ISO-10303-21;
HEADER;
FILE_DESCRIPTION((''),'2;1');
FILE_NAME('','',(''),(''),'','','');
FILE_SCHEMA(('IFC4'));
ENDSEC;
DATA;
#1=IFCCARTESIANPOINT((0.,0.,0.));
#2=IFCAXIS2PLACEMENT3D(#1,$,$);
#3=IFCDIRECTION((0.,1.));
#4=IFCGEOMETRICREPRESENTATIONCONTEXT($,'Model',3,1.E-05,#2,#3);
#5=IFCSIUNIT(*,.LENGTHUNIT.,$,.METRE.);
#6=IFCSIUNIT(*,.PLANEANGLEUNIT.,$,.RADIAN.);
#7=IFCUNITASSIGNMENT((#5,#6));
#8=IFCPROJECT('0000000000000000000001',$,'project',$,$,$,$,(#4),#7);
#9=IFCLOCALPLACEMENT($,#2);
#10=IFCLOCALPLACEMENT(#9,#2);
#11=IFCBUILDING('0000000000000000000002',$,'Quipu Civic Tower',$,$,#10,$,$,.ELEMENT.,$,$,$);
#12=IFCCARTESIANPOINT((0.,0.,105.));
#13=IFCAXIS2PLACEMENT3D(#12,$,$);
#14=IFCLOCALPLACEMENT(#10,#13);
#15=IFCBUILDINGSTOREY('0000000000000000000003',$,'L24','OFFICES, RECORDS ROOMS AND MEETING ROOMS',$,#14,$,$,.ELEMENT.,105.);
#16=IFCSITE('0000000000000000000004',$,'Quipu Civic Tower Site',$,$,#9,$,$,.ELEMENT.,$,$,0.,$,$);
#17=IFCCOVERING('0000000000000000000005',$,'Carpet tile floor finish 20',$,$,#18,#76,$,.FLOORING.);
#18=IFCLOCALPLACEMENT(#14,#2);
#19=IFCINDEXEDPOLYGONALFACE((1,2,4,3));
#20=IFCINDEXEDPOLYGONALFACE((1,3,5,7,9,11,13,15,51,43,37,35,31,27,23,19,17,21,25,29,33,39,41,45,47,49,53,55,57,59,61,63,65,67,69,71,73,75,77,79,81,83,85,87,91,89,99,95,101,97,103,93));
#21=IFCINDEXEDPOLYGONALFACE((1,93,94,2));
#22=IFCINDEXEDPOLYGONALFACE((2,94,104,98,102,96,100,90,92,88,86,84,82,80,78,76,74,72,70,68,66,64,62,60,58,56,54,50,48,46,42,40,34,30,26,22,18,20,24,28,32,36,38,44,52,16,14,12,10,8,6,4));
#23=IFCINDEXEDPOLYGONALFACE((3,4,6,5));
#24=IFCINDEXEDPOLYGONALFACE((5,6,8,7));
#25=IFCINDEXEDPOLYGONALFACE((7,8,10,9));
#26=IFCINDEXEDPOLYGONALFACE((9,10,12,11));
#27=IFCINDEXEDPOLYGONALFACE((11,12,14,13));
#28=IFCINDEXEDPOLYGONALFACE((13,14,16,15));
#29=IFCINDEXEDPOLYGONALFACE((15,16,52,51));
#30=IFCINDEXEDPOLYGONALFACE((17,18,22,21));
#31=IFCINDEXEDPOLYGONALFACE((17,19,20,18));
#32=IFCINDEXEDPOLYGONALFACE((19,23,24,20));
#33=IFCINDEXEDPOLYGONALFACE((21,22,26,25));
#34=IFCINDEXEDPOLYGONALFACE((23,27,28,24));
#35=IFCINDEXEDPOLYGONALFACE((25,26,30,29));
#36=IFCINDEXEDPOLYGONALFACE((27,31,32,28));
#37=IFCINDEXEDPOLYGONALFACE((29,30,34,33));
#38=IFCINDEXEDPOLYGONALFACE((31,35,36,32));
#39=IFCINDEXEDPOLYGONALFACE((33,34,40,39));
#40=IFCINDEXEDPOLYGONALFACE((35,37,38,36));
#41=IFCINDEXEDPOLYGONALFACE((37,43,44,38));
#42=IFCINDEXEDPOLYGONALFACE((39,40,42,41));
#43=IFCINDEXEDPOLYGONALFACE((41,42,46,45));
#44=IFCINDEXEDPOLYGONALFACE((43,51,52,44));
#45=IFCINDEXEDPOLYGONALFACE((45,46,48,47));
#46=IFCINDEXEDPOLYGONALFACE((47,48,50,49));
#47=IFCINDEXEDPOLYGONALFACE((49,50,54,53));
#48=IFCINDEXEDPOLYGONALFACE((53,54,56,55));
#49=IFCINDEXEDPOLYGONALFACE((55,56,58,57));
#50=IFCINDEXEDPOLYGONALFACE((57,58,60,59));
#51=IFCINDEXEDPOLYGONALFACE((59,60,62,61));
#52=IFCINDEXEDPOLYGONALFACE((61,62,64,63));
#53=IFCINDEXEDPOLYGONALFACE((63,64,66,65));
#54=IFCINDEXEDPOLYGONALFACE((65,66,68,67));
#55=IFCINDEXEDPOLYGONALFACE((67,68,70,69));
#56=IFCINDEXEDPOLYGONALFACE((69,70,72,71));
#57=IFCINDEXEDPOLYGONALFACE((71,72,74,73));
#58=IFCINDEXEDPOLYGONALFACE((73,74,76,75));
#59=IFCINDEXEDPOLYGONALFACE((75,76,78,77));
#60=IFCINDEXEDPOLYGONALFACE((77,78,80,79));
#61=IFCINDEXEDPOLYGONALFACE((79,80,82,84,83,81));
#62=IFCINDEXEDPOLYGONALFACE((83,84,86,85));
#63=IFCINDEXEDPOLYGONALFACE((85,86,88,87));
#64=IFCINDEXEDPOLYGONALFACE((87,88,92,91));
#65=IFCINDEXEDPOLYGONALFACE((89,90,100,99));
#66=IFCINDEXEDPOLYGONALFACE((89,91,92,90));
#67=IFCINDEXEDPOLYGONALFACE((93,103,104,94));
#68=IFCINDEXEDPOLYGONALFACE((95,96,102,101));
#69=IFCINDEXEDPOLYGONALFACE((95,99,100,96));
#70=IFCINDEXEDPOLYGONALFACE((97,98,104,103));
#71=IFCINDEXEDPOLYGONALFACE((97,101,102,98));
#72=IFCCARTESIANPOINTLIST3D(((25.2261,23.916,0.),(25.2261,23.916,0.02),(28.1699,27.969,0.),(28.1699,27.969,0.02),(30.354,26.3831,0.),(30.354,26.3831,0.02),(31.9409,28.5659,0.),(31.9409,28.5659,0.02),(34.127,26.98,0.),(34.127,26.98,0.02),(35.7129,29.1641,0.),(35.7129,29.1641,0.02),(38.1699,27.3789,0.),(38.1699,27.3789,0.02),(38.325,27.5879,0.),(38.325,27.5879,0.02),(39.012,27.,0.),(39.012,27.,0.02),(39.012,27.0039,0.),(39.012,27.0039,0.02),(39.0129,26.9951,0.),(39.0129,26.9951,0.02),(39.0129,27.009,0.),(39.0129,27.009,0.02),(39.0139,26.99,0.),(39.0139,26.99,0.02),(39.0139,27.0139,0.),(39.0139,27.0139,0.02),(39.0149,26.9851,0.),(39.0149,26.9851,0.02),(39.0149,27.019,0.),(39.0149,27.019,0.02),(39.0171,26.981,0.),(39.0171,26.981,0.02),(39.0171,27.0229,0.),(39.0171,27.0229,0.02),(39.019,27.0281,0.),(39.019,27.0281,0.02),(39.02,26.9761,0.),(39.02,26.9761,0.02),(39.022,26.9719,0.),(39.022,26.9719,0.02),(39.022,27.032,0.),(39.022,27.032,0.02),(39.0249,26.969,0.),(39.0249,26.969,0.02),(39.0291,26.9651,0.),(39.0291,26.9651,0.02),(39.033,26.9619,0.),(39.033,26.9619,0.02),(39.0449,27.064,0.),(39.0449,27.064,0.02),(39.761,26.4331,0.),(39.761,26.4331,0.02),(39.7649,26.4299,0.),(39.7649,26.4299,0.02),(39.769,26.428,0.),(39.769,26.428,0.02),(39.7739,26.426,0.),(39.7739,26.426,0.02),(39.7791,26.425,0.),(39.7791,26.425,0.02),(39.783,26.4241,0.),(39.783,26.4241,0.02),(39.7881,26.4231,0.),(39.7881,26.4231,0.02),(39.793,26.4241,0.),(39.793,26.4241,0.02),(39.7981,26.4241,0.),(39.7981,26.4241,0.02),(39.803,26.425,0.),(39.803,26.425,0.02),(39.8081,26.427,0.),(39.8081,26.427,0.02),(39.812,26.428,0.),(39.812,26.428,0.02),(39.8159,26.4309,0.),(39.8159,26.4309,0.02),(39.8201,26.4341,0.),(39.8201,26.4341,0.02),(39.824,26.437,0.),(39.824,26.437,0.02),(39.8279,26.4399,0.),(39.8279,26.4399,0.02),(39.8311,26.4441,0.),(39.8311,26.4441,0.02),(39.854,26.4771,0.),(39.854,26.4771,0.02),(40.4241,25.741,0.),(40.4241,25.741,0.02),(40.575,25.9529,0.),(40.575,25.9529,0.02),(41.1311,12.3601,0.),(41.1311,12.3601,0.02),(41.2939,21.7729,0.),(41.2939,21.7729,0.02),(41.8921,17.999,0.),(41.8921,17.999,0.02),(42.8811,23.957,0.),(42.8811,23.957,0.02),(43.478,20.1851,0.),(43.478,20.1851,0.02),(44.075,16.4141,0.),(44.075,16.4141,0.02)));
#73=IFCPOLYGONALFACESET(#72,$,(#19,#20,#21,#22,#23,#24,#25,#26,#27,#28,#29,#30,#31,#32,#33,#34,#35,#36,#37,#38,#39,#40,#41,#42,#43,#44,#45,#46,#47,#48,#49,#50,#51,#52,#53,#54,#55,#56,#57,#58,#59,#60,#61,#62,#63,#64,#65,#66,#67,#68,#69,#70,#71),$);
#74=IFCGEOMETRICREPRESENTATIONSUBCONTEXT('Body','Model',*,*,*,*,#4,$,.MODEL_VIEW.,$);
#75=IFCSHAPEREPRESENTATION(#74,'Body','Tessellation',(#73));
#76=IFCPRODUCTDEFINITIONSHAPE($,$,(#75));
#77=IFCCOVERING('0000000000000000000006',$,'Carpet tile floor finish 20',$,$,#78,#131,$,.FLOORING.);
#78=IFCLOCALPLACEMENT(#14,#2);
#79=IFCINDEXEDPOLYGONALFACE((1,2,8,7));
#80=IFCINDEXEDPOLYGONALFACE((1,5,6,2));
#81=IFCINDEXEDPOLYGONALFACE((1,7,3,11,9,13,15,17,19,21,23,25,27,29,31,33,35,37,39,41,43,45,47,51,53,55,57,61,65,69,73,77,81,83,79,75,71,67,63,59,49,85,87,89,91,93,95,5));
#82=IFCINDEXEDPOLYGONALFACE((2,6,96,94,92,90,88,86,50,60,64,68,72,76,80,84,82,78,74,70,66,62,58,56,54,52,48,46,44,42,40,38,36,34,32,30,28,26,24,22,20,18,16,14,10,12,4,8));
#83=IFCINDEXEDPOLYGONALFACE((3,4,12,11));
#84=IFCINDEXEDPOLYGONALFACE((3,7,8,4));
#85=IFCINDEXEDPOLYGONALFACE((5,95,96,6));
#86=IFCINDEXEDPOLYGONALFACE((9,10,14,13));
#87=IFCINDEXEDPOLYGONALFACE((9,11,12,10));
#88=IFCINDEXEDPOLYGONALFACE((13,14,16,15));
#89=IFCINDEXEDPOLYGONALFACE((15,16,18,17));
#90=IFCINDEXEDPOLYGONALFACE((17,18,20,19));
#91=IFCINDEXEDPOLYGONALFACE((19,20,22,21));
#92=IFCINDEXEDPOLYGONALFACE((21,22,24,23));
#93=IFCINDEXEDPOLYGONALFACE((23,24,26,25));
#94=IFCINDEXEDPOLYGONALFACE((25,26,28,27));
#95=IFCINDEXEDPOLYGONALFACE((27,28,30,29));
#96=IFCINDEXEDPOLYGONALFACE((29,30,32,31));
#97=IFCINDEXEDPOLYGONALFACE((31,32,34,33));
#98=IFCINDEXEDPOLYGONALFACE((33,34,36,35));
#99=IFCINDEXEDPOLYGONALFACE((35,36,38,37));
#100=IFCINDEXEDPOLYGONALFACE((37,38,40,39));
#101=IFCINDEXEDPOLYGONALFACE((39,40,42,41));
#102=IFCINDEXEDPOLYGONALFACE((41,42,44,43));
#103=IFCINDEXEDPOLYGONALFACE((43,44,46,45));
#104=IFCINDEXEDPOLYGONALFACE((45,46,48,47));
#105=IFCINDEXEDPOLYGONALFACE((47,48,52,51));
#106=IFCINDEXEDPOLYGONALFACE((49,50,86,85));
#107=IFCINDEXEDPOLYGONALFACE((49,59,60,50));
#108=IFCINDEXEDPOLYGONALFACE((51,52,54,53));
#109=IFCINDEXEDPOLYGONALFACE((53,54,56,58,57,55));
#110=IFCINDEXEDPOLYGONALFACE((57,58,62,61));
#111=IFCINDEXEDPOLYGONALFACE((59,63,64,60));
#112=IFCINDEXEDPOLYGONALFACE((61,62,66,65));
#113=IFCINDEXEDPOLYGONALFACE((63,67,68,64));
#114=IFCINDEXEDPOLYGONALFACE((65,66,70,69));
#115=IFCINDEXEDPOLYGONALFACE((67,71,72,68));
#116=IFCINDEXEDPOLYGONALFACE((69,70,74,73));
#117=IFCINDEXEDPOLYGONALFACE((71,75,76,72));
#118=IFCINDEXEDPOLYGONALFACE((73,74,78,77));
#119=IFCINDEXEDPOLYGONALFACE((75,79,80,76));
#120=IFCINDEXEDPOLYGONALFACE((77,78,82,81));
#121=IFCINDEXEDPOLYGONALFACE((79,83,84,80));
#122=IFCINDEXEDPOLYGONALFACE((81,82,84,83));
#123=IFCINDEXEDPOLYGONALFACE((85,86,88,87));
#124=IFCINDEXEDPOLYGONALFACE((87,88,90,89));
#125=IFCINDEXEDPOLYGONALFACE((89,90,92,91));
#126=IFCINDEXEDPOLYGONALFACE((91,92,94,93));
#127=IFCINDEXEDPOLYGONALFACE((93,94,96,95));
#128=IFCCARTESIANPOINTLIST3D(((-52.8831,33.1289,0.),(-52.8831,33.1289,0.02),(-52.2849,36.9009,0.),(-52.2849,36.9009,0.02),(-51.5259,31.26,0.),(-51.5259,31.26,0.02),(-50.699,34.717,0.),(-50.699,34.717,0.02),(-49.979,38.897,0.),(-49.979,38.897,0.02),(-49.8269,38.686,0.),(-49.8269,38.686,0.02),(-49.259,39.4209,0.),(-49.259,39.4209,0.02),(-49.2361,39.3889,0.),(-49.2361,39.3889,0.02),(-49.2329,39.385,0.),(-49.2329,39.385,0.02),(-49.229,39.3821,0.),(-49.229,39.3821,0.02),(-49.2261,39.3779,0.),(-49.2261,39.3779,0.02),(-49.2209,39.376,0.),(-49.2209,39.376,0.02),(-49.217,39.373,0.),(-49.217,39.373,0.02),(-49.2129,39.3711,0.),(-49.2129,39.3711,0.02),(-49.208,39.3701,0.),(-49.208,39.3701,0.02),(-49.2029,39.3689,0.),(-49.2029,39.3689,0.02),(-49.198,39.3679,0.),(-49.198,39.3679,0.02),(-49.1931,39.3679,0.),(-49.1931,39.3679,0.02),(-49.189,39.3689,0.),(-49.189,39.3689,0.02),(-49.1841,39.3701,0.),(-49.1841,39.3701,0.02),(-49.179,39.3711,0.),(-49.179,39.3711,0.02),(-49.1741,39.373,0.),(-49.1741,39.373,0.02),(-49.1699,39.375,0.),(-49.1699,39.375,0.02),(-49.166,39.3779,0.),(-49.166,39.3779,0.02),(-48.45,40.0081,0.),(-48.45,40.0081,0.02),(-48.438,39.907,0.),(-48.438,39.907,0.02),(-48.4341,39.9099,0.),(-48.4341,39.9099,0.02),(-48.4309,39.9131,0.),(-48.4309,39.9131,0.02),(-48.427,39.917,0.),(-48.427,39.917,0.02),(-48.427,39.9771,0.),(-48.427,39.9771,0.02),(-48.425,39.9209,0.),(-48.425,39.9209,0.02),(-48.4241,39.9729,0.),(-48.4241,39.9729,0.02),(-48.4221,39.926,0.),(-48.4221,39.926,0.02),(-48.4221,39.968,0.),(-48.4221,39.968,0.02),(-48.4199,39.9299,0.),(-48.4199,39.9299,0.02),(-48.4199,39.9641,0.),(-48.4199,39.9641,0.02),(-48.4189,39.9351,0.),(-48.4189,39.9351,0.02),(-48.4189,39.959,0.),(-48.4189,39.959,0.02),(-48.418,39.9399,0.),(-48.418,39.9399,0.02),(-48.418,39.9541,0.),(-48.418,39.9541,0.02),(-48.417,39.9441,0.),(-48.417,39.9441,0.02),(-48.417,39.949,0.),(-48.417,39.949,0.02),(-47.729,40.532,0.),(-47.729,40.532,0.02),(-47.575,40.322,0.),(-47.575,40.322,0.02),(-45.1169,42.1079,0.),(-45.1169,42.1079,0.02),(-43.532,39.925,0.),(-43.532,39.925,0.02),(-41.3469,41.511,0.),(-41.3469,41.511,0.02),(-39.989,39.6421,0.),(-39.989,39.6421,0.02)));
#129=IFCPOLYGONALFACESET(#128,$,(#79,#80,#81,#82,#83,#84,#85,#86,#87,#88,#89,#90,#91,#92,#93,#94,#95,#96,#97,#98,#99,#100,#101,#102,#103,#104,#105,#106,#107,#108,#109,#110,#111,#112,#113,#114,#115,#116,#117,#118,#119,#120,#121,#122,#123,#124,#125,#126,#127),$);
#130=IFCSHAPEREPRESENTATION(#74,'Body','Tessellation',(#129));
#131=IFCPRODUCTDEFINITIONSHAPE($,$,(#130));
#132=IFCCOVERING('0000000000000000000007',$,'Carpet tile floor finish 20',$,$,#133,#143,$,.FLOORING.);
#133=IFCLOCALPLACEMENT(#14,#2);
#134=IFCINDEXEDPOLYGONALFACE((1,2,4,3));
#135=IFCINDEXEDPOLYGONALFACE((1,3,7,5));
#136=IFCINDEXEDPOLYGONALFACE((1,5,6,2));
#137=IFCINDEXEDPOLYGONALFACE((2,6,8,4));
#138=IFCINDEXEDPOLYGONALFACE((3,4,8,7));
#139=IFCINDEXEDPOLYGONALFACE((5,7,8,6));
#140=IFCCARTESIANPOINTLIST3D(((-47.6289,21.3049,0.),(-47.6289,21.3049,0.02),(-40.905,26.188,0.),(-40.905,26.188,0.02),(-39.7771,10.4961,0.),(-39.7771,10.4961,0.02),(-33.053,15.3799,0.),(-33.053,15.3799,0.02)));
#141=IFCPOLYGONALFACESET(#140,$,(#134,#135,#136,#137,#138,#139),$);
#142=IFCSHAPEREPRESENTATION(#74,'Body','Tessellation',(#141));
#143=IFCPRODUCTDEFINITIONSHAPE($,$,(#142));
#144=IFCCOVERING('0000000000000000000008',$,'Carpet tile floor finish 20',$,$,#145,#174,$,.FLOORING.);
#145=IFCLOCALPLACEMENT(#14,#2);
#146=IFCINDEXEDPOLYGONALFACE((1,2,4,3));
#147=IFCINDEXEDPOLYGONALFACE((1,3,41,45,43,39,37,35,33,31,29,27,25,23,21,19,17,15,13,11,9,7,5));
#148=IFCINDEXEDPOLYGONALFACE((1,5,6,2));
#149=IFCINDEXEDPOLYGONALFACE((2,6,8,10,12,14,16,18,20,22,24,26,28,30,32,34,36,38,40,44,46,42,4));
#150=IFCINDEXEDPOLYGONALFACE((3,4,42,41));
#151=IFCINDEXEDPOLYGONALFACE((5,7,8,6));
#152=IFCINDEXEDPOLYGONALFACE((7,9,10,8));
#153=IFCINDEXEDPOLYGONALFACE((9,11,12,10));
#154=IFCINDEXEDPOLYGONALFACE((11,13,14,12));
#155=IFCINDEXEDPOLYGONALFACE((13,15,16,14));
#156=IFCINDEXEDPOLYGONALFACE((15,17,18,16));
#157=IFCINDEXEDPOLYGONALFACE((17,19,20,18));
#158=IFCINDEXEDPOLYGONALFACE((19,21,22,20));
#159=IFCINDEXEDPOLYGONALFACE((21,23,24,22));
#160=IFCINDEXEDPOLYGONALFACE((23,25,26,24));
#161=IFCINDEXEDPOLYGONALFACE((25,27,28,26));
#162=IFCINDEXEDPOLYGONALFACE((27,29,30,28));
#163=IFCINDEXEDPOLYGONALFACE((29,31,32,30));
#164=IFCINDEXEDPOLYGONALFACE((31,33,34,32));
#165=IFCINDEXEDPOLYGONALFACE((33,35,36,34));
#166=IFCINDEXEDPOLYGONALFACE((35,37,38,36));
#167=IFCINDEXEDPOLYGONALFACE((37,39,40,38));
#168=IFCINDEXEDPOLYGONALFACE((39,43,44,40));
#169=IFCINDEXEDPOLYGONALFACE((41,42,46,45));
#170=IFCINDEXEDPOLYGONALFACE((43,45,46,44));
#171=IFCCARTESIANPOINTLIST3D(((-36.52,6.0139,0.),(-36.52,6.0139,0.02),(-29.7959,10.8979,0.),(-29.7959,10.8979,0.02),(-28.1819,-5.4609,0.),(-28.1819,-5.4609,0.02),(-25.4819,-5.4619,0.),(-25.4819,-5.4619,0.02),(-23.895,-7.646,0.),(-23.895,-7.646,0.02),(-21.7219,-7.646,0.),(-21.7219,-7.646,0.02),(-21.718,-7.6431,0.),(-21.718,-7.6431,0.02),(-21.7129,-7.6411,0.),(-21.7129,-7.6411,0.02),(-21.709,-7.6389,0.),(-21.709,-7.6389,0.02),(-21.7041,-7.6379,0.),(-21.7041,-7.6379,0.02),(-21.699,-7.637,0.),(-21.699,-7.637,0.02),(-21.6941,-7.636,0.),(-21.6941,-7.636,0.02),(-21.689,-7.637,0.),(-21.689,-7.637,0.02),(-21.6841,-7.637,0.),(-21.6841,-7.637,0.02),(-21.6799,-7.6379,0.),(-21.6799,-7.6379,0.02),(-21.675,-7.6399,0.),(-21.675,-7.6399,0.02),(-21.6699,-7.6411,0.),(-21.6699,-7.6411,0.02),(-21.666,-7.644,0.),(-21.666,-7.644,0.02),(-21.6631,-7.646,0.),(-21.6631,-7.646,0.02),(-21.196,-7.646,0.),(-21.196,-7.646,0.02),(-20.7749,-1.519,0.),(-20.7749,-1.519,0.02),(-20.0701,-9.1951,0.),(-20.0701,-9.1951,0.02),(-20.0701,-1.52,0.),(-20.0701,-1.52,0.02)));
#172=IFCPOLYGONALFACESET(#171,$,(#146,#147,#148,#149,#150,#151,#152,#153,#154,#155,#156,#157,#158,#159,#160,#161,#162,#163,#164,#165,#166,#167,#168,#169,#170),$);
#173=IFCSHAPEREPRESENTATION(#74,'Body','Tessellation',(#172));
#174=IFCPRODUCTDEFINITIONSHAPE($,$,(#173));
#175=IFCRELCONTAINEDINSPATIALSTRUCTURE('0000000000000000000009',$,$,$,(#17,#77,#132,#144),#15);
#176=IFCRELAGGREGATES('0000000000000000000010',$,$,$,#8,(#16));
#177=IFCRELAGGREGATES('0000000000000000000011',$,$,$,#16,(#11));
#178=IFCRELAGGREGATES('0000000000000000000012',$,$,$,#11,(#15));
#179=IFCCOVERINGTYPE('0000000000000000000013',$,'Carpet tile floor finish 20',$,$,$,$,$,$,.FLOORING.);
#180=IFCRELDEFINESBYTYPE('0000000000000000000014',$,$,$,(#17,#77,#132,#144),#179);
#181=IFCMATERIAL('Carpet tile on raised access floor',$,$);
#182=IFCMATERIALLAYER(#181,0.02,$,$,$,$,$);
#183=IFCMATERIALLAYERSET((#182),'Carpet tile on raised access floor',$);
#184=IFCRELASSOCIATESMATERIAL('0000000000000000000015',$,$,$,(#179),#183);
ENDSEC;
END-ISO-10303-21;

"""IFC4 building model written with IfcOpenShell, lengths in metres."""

from ifc_helpers import new_model, si_unit, direction, frame, origin, place, context, subcontext, project, spatial, polyline, outline, extrude, material, layer, layer_set, type_object, element, save


model = new_model("IFC4")

# Units and contexts
model_context = context("Model", 3, precision=1e-05, world=origin(), true_north=direction((0.0, 1.0)))
body_context = subcontext(model_context, "Body", "Model", "MODEL_VIEW")
ifc_project = project(units=[si_unit("LENGTHUNIT", "METRE"), si_unit("PLANEANGLEUNIT", "RADIAN")], contexts=[model_context])

# Site, building, storey
site_placement = place(None, origin())
site = spatial("IfcSite", under=ifc_project, at=site_placement, Name="Quipu Civic Tower Site", CompositionType="ELEMENT", RefElevation=0.0)
building_placement = place(site_placement, origin())
building = spatial("IfcBuilding", under=site, at=building_placement, Name="Quipu Civic Tower", CompositionType="ELEMENT")
storey_placement = place(building_placement, frame((0.0, 0.0, 105.0)))
storey = spatial("IfcBuildingStorey", under=building, at=storey_placement, Name="L24", Description="OFFICES, RECORDS ROOMS AND MEETING ROOMS", CompositionType="ELEMENT", Elevation=105.0)

# Coverings
ifc_material_1 = material(Name="Carpet tile on raised access floor")
ifc_layer_1 = layer(ifc_material_1, 0.02)
ifc_layer_set_1 = layer_set([ifc_layer_1], Name="Carpet tile on raised access floor")
covering_type_1 = type_object("IfcCoveringType", Name="Carpet tile floor finish 20", PredefinedType="FLOORING", material=ifc_layer_set_1)
covering_1_placement = place(storey_placement, origin())
element("IfcCovering", 1, at=covering_1_placement, inside=storey, type_object=covering_type_1, Name="Carpet tile floor finish 20", PredefinedType="FLOORING", context=body_context, shape_type="SweptSolid", body=[
    extrude(outline(polyline([(25.2261, 23.916), (28.1699, 27.969), (30.354, 26.3831), (31.9409, 28.5659), (34.127, 26.98), (35.7129, 29.1641), (38.1699, 27.3789), (38.325, 27.5879), (39.0449, 27.064), (39.022, 27.032), (39.019, 27.0281), (39.0171, 27.0229), (39.0149, 27.019), (39.0139, 27.0139), (39.0129, 27.009), (39.012, 27.0039), (39.012, 27.0), (39.0129, 26.9951), (39.0139, 26.99), (39.0149, 26.9851), (39.0171, 26.981), (39.02, 26.9761), (39.022, 26.9719), (39.0249, 26.969), (39.0291, 26.9651), (39.033, 26.9619), (39.761, 26.4331), (39.7649, 26.4299), (39.769, 26.428), (39.7739, 26.426), (39.7791, 26.425), (39.783, 26.4241), (39.7881, 26.4231), (39.793, 26.4241), (39.7981, 26.4241), (39.803, 26.425), (39.8081, 26.427), (39.812, 26.428), (39.8159, 26.4309), (39.8201, 26.4341), (39.824, 26.437), (39.8279, 26.4399), (39.8311, 26.4441), (39.854, 26.4771), (40.575, 25.9529), (40.4241, 25.741), (42.8811, 23.957), (41.2939, 21.7729), (43.478, 20.1851), (41.8921, 17.999), (44.075, 16.4141), (41.1311, 12.3601), (25.2261, 23.916)])), origin(), (0.0, 0.0, 1.0), 0.02),
])
covering_2_placement = place(storey_placement, origin())
element("IfcCovering", 2, at=covering_2_placement, inside=storey, type_object=covering_type_1, Name="Carpet tile floor finish 20", PredefinedType="FLOORING", context=body_context, shape_type="SweptSolid", body=[
    extrude(outline(polyline([(-52.8831, 33.1289), (-50.699, 34.717), (-52.2849, 36.9009), (-49.8269, 38.686), (-49.979, 38.897), (-49.259, 39.4209), (-49.2361, 39.3889), (-49.2329, 39.385), (-49.229, 39.3821), (-49.2261, 39.3779), (-49.2209, 39.376), (-49.217, 39.373), (-49.2129, 39.3711), (-49.208, 39.3701), (-49.2029, 39.3689), (-49.198, 39.3679), (-49.1931, 39.3679), (-49.189, 39.3689), (-49.1841, 39.3701), (-49.179, 39.3711), (-49.1741, 39.373), (-49.1699, 39.375), (-49.166, 39.3779), (-48.438, 39.907), (-48.4341, 39.9099), (-48.4309, 39.9131), (-48.427, 39.917), (-48.425, 39.9209), (-48.4221, 39.926), (-48.4199, 39.9299), (-48.4189, 39.9351), (-48.418, 39.9399), (-48.417, 39.9441), (-48.417, 39.949), (-48.418, 39.9541), (-48.4189, 39.959), (-48.4199, 39.9641), (-48.4221, 39.968), (-48.4241, 39.9729), (-48.427, 39.9771), (-48.45, 40.0081), (-47.729, 40.532), (-47.575, 40.322), (-45.1169, 42.1079), (-43.532, 39.925), (-41.3469, 41.511), (-39.989, 39.6421), (-51.5259, 31.26), (-52.8831, 33.1289)])), origin(), (0.0, 0.0, 1.0), 0.02),
])
covering_3_placement = place(storey_placement, origin())
element("IfcCovering", 3, at=covering_3_placement, inside=storey, type_object=covering_type_1, Name="Carpet tile floor finish 20", PredefinedType="FLOORING", context=body_context, shape_type="SweptSolid", body=[
    extrude(outline(polyline([(-47.6289, 21.3049), (-40.905, 26.188), (-33.053, 15.3799), (-39.7771, 10.4961), (-47.6289, 21.3049)])), origin(), (0.0, 0.0, 1.0), 0.02),
])
covering_4_placement = place(storey_placement, origin())
element("IfcCovering", 4, at=covering_4_placement, inside=storey, type_object=covering_type_1, Name="Carpet tile floor finish 20", PredefinedType="FLOORING", context=body_context, shape_type="SweptSolid", body=[
    extrude(outline(polyline([(-36.52, 6.0139), (-29.7959, 10.8979), (-20.7749, -1.519), (-20.0701, -1.52), (-20.0701, -9.1951), (-21.196, -7.646), (-21.6631, -7.646), (-21.666, -7.644), (-21.6699, -7.6411), (-21.675, -7.6399), (-21.6799, -7.6379), (-21.6841, -7.637), (-21.689, -7.637), (-21.6941, -7.636), (-21.699, -7.637), (-21.7041, -7.6379), (-21.709, -7.6389), (-21.7129, -7.6411), (-21.718, -7.6431), (-21.7219, -7.646), (-21.7219, -7.646), (-23.895, -7.646), (-25.4819, -5.4619), (-28.1819, -5.4609), (-36.52, 6.0139)])), origin(), (0.0, 0.0, 1.0), 0.02),
])

save(model, "model.ifc")
